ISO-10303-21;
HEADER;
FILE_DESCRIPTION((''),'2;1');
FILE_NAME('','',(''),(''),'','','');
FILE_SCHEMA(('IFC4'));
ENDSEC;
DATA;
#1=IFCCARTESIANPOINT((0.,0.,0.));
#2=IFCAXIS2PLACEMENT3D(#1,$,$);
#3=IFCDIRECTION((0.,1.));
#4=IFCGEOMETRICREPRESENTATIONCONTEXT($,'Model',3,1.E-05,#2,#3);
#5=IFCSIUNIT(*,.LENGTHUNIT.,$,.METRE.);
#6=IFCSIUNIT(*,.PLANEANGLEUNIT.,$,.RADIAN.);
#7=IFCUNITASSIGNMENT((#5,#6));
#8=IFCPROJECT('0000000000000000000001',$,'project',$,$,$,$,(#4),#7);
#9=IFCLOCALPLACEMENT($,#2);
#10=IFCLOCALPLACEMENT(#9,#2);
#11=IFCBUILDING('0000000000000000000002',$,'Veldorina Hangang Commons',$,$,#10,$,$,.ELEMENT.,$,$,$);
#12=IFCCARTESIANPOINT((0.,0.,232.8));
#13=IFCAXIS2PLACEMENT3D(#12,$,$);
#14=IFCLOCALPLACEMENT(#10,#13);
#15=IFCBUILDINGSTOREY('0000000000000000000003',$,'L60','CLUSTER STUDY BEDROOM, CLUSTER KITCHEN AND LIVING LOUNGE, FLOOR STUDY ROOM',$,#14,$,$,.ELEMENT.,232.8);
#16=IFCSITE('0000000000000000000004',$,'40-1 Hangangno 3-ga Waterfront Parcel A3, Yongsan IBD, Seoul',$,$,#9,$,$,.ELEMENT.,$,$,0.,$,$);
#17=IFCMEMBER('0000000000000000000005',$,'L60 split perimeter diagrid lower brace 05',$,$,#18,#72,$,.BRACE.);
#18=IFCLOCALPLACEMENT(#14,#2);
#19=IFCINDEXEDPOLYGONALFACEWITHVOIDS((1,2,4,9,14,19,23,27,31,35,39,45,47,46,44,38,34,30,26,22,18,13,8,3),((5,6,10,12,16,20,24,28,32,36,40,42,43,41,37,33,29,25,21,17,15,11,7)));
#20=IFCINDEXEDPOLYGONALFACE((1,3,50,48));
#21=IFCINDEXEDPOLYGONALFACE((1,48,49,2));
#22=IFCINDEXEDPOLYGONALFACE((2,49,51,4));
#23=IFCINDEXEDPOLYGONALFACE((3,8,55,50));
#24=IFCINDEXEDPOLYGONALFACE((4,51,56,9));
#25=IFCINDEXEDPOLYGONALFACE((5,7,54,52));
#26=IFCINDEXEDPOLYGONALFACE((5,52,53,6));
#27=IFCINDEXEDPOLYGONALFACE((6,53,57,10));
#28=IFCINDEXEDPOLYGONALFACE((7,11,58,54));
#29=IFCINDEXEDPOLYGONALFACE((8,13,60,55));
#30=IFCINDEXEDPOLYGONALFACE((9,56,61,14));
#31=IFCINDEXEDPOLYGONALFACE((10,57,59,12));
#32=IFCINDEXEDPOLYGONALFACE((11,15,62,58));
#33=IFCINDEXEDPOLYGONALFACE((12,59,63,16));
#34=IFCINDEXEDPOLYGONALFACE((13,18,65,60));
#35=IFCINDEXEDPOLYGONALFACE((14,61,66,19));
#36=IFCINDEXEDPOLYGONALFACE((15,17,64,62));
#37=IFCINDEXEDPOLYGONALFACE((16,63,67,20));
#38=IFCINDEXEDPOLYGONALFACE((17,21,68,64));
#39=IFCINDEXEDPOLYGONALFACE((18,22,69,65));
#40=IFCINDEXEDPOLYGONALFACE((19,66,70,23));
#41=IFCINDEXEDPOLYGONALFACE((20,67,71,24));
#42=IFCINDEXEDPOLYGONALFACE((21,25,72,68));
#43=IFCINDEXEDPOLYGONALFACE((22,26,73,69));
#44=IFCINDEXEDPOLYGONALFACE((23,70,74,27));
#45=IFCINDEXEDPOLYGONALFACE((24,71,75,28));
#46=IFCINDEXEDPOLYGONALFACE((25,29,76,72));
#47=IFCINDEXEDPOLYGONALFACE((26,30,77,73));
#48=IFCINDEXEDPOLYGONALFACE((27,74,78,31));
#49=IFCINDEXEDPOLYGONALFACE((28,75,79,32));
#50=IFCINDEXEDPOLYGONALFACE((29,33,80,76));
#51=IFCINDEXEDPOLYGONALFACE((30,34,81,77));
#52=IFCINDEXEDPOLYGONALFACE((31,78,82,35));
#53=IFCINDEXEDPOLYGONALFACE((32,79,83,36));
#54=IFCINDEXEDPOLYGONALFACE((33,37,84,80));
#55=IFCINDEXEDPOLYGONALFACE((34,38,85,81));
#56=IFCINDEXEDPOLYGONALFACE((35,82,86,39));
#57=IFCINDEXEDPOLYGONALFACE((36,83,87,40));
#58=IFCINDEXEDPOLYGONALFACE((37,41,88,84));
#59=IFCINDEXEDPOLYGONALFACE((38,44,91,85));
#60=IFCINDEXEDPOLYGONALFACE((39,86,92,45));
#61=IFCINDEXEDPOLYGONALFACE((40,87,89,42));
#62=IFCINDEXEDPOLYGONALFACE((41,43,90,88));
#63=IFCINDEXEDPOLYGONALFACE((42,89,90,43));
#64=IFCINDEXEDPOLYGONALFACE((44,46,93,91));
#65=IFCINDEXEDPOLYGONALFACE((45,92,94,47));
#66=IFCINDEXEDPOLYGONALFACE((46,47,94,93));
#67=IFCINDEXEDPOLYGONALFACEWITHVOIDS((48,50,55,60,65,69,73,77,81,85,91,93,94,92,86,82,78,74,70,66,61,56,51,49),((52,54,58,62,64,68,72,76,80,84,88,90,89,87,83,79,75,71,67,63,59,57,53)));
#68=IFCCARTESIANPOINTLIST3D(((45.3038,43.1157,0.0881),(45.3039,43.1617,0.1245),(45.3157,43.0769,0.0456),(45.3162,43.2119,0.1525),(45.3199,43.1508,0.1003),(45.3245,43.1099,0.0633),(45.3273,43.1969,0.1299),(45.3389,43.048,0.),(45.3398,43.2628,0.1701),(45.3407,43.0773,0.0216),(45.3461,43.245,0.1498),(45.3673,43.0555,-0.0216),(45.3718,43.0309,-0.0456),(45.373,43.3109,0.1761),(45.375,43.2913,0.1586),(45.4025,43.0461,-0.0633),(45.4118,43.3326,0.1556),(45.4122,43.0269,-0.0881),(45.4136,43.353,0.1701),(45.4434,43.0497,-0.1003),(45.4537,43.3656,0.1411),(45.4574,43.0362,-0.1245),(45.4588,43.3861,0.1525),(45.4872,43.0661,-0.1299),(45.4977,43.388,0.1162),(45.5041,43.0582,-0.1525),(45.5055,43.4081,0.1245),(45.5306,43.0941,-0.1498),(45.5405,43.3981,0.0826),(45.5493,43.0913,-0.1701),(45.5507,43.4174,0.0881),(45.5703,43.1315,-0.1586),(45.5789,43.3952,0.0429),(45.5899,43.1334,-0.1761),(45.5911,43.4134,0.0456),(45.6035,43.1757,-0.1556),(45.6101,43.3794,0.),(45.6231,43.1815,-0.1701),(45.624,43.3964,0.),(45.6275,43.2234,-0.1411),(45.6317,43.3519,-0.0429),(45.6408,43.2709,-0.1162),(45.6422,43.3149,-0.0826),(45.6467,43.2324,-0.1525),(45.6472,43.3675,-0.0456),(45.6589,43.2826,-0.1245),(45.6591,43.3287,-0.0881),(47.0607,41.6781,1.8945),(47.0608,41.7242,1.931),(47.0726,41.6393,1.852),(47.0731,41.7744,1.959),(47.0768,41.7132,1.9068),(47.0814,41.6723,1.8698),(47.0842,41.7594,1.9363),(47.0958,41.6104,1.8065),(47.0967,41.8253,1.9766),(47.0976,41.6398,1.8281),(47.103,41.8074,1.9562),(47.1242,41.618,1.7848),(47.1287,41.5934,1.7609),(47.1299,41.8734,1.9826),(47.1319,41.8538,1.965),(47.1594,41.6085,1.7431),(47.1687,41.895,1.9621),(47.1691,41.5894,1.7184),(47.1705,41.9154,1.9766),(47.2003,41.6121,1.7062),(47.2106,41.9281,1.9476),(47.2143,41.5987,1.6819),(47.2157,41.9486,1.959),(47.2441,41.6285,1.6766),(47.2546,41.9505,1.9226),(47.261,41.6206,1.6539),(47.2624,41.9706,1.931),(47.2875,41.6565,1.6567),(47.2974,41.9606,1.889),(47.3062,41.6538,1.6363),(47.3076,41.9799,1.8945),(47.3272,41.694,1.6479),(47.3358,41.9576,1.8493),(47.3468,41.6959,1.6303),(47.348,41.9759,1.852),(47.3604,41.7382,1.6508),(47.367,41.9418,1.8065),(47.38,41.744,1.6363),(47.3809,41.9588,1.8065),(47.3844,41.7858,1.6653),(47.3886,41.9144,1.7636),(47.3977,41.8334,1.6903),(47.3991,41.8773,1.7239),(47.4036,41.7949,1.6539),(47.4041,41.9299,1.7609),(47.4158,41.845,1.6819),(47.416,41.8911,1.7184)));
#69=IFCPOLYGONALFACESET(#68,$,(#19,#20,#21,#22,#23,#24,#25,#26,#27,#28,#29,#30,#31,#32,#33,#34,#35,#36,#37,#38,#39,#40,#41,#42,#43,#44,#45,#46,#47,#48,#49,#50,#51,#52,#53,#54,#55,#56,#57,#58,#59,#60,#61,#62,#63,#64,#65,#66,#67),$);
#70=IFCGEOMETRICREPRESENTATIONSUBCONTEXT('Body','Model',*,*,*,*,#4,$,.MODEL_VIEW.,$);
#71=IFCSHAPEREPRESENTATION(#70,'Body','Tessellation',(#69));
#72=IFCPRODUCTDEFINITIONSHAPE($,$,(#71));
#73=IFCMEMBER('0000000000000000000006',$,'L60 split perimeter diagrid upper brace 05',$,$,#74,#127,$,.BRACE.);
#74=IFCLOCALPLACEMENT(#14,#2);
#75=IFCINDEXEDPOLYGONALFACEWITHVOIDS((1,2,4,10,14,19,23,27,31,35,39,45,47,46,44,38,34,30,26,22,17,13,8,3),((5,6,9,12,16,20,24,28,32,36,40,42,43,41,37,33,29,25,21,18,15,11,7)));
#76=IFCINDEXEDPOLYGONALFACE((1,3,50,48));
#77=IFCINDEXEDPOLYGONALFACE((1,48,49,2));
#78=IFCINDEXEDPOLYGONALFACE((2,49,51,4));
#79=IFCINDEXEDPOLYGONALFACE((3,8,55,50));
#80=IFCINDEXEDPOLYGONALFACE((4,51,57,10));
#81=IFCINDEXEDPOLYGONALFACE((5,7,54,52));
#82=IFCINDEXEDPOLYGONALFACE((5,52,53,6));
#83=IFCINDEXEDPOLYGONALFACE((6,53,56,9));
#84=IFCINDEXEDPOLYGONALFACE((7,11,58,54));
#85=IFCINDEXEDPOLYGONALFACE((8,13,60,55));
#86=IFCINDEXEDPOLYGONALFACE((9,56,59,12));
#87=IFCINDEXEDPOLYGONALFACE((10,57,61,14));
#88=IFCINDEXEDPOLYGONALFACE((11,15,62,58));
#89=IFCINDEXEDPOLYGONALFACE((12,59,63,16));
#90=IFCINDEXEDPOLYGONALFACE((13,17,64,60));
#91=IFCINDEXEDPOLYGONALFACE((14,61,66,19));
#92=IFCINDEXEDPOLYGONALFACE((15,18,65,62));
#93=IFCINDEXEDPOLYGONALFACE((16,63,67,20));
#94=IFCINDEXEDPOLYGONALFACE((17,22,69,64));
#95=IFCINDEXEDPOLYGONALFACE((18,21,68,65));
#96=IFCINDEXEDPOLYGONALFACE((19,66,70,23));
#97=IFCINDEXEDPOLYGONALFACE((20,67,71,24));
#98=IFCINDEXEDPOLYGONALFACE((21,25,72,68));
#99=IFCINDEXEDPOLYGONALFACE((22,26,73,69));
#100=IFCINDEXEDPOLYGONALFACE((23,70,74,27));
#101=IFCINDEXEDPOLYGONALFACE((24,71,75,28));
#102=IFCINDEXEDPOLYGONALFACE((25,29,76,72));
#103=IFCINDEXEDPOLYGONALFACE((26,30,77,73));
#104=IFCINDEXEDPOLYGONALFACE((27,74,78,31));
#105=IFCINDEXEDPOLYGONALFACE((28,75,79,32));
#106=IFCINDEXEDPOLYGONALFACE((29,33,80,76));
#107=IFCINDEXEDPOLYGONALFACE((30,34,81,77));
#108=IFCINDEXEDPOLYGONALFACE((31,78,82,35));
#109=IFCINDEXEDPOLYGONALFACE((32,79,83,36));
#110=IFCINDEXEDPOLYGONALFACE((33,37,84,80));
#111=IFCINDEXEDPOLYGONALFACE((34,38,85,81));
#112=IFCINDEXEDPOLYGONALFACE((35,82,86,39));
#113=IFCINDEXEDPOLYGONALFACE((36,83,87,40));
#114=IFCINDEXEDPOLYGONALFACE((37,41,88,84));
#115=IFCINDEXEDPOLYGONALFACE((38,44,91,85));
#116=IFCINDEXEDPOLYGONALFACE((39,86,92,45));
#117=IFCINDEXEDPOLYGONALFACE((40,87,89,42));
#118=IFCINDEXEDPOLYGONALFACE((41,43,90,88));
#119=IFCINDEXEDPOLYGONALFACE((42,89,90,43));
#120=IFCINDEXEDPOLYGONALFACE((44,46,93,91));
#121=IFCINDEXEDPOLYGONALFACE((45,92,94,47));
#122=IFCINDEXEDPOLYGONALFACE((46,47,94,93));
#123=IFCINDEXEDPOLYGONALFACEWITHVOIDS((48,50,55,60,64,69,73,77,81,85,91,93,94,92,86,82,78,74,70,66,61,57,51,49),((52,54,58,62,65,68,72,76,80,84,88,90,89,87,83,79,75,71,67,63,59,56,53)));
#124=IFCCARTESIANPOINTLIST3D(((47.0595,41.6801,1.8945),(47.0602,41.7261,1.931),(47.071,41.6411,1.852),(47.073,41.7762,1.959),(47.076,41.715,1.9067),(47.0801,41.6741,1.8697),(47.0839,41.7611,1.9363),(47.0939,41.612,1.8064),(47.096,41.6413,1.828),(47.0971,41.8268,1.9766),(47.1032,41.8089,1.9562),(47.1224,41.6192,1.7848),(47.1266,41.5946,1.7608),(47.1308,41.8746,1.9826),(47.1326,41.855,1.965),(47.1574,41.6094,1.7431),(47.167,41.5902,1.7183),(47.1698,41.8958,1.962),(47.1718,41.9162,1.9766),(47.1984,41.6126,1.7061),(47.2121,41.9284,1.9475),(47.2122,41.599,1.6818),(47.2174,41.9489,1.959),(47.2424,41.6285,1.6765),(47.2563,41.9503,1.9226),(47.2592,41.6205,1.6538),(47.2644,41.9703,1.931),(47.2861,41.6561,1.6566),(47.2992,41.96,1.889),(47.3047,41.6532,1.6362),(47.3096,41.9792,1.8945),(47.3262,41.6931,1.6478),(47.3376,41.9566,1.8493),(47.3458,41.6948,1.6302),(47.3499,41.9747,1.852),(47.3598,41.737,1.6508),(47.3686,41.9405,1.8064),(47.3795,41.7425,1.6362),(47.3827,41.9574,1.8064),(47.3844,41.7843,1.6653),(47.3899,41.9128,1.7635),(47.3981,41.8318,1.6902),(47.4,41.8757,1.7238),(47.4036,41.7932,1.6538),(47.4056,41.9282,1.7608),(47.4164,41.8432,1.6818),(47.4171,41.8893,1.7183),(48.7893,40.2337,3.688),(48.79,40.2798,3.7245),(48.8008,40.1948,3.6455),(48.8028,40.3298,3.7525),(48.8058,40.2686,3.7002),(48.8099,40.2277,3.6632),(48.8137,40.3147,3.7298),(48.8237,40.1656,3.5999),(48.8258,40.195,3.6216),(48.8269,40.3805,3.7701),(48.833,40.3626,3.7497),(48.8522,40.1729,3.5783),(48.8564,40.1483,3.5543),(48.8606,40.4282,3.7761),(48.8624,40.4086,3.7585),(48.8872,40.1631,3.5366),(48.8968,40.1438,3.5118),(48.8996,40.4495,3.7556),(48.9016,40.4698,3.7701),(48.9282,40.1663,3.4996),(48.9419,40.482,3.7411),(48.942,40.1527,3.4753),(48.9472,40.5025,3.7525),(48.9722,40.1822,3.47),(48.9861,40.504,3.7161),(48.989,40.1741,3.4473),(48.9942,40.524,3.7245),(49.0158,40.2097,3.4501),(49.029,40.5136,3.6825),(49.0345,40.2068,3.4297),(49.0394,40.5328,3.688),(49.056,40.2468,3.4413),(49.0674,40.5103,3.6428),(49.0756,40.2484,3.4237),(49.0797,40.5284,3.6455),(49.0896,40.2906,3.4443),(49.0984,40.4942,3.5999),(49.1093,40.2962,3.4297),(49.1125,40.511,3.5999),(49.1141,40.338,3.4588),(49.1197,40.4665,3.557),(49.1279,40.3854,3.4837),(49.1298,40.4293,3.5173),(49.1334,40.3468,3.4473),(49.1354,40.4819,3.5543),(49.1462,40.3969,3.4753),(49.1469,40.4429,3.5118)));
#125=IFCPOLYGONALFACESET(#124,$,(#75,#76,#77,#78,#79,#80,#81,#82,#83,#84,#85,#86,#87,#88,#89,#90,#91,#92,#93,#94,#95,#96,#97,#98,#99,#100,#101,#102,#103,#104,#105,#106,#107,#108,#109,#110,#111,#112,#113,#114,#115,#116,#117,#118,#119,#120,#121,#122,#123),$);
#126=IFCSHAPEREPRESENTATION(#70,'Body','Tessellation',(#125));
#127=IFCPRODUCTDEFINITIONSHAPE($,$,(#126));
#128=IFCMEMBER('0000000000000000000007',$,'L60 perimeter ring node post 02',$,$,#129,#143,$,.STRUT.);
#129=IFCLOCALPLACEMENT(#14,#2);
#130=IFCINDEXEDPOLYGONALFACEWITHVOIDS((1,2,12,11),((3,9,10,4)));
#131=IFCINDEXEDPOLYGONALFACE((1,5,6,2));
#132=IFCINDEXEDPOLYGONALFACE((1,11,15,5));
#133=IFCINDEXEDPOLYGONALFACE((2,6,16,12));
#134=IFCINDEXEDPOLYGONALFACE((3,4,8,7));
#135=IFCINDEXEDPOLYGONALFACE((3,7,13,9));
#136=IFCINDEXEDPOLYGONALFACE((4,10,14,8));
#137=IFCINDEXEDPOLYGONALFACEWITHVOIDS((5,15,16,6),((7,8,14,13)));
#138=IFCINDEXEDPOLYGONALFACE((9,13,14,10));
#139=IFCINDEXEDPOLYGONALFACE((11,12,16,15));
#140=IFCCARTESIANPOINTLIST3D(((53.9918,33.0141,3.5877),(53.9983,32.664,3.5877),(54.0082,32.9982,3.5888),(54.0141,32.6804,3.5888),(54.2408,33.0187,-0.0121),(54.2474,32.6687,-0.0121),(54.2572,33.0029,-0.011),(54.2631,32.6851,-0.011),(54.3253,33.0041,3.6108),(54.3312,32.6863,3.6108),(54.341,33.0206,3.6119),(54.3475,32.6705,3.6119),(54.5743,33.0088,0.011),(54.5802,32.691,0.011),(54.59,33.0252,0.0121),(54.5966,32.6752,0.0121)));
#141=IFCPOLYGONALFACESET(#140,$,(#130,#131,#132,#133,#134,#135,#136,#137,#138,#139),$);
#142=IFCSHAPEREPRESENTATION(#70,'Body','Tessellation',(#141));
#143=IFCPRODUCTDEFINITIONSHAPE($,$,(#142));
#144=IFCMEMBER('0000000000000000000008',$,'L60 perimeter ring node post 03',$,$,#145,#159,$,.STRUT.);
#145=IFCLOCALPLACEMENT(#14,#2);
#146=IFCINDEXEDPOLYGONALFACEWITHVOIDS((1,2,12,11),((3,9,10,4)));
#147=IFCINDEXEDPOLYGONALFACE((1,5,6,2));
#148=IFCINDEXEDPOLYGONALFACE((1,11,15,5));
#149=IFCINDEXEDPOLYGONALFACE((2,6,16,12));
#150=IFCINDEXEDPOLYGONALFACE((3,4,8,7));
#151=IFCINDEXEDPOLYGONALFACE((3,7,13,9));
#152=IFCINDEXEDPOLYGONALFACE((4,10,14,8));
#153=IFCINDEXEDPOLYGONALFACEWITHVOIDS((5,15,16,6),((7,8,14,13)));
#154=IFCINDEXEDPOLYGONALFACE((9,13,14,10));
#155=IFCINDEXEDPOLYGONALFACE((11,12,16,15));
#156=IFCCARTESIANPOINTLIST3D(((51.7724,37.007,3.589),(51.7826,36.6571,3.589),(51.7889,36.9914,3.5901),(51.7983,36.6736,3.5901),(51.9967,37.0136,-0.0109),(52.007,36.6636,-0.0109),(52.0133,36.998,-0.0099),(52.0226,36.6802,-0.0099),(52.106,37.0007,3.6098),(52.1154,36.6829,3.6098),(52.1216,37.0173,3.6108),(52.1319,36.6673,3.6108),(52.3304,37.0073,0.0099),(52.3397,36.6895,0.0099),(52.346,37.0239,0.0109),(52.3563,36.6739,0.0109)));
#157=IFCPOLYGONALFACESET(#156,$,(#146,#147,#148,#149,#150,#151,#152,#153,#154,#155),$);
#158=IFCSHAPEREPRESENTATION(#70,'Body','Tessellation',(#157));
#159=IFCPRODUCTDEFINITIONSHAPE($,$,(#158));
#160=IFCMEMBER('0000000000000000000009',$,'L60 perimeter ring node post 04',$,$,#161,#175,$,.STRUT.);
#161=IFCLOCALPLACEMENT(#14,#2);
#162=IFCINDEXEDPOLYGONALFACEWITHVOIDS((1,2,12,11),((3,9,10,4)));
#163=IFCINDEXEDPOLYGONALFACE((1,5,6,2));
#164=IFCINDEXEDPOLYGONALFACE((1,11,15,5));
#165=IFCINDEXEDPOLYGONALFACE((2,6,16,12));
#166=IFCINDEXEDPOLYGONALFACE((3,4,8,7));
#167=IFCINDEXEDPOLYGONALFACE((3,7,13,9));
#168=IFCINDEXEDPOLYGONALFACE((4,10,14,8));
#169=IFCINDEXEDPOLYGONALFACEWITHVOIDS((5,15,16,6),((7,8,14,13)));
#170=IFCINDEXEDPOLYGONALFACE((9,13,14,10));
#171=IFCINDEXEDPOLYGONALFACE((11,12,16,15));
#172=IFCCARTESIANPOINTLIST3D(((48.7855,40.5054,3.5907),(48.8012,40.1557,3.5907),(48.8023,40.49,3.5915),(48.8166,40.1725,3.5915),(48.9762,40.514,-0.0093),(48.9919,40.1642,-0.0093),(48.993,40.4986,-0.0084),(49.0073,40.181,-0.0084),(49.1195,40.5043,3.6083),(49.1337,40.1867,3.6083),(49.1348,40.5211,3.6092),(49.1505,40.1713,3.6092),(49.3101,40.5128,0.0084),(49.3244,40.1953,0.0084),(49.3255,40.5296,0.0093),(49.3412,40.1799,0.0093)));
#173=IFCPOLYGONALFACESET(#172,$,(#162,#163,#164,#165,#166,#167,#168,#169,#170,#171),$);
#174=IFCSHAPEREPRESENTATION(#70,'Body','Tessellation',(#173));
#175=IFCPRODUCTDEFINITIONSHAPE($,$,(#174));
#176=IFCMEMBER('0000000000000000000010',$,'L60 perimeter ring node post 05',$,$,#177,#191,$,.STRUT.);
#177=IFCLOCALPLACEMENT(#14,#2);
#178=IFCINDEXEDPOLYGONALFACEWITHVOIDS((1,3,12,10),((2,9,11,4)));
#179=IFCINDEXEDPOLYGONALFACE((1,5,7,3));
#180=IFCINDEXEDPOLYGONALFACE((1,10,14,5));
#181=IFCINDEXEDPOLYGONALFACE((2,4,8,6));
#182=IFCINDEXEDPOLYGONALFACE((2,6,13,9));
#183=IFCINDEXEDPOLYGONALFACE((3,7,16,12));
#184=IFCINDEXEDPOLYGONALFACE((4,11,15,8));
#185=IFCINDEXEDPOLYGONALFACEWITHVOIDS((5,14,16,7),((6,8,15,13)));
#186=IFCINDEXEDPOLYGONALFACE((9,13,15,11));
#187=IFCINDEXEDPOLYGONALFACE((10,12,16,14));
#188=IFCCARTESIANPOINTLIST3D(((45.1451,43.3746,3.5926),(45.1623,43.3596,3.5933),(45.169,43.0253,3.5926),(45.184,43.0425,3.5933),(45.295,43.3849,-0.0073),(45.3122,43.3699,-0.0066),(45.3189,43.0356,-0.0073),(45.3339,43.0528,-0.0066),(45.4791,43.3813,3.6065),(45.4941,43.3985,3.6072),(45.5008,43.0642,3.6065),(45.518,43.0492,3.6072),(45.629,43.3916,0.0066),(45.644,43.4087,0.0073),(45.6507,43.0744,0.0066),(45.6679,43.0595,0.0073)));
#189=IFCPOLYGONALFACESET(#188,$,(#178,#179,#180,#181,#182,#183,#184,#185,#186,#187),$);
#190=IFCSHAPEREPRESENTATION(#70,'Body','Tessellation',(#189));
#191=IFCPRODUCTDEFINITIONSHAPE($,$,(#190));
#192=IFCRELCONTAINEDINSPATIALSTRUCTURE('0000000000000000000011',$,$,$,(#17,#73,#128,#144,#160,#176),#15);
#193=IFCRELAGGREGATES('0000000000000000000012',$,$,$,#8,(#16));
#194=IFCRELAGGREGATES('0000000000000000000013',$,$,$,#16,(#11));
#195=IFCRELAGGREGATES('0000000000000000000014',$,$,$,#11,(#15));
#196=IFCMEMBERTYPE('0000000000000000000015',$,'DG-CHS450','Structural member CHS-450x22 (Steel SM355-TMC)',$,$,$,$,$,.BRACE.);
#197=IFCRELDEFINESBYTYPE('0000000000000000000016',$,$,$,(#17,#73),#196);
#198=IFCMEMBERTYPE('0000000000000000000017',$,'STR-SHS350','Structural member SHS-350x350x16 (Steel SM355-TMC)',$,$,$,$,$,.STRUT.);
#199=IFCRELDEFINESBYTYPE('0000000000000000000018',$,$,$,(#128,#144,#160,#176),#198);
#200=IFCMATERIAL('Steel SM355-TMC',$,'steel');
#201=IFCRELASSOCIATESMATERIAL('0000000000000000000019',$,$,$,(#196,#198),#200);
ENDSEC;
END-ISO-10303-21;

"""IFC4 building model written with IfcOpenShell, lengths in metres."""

from ifc_helpers import new_model, si_unit, direction, frame, origin, origin_2d, place, context, subcontext, project, spatial, hollow_rectangle, hollow_circle, extrude, material, material_profile, profile_set, type_object, element, save


model = new_model("IFC4")

# Units and contexts
model_context = context("Model", 3, precision=1e-05, world=origin(), true_north=direction((0.0, 1.0)))
body_context = subcontext(model_context, "Body", "Model", "MODEL_VIEW")
ifc_project = project(units=[si_unit("LENGTHUNIT", "METRE"), si_unit("PLANEANGLEUNIT", "RADIAN")], contexts=[model_context])

# Site, building, storey
site_placement = place(None, origin())
site = spatial("IfcSite", under=ifc_project, at=site_placement, Name="40-1 Hangangno 3-ga Waterfront Parcel A3, Yongsan IBD, Seoul", CompositionType="ELEMENT", RefElevation=0.0)
building_placement = place(site_placement, origin())
building = spatial("IfcBuilding", under=site, at=building_placement, Name="Veldorina Hangang Commons", CompositionType="ELEMENT")
storey_placement = place(building_placement, frame((0.0, 0.0, 232.8)))
storey = spatial("IfcBuildingStorey", under=building, at=storey_placement, Name="L60", Description="CLUSTER STUDY BEDROOM, CLUSTER KITCHEN AND LIVING LOUNGE, FLOOR STUDY ROOM", CompositionType="ELEMENT", Elevation=232.8)

# Shared definitions
ifc_material_1 = material(Name="Steel SM355-TMC", Category="steel")

# Members
ifc_material_profile_1 = material_profile(ifc_material_1, hollow_circle(Radius=0.2251, WallThickness=0.022, at=origin_2d()), Name="CHS-450x22")
ifc_profile_set_1 = profile_set([ifc_material_profile_1], Name="Steel SM355-TMC")
member_type_1 = type_object("IfcMemberType", Name="DG-CHS450", Description="Structural member CHS-450x22 (Steel SM355-TMC)", PredefinedType="BRACE", material=ifc_profile_set_1)
member_1_placement = place(storey_placement, frame((45.4814, 43.2222, 0.0), z_axis=(0.605591, -0.495514, 0.622675), x_axis=(0.633261, 0.773938, 0.0)))
element("IfcMember", 1, at=member_1_placement, inside=storey, type_object=member_type_1, Name="L60 split perimeter diagrid lower brace 05", PredefinedType="BRACE", context=body_context, shape_type="SweptSolid", body=[
    extrude(hollow_circle(Radius=0.2251, WallThickness=0.022, at=origin_2d()), origin(), (0.0, 0.0, 1.0), 2.9011),
])
member_2_placement = place(storey_placement, frame((47.2383, 41.7847, 1.8064), z_axis=(0.600392, -0.502007, 0.622509), x_axis=(0.641451, 0.767164, 0.0)))
element("IfcMember", 2, at=member_2_placement, inside=storey, type_object=member_type_1, Name="L60 split perimeter diagrid upper brace 05", PredefinedType="BRACE", context=body_context, shape_type="SweptSolid", body=[
    extrude(hollow_circle(Radius=0.2251, WallThickness=0.022, at=origin_2d()), origin(), (0.0, 0.0, 1.0), 2.8811),
])
ifc_material_profile_2 = material_profile(ifc_material_1, hollow_rectangle(XDim=0.3501, YDim=0.3501, WallThickness=0.0161, at=origin_2d()), Name="SHS-350x350x16")
ifc_profile_set_2 = profile_set([ifc_material_profile_2], Name="Steel SM355-TMC")
member_type_2 = type_object("IfcMemberType", Name="STR-SHS350", Description="Structural member SHS-350x350x16 (Steel SM355-TMC)", PredefinedType="STRUT", material=ifc_profile_set_2)
member_3_placement = place(storey_placement, frame((54.4187, 32.8469, 0.0), z_axis=(-0.069011, -0.001285, 0.997615), x_axis=(0.018624, -0.999827, 0.0)))
element("IfcMember", 3, at=member_3_placement, inside=storey, type_object=member_type_2, Name="L60 perimeter ring node post 02", PredefinedType="STRUT", context=body_context, shape_type="SweptSolid", body=[
    extrude(hollow_rectangle(XDim=0.3501, YDim=0.3501, WallThickness=0.0161, at=origin_2d()), origin(), (0.0, 0.0, 1.0), 3.6084),
])
member_4_placement = place(storey_placement, frame((52.1765, 36.8438, 0.0), z_axis=(-0.062205, -0.001828, 0.998062), x_axis=(0.029367, -0.999569, 0.0)))
element("IfcMember", 4, at=member_4_placement, inside=storey, type_object=member_type_2, Name="L60 perimeter ring node post 03", PredefinedType="STRUT", context=body_context, shape_type="SweptSolid", body=[
    extrude(hollow_rectangle(XDim=0.3501, YDim=0.3501, WallThickness=0.0161, at=origin_2d()), origin(), (0.0, 0.0, 1.0), 3.6069),
])
member_5_placement = place(storey_placement, frame((49.1587, 40.3469, 0.0), z_axis=(-0.052893, -0.00237, 0.998597), x_axis=(0.044769, -0.998997, 0.0)))
element("IfcMember", 5, at=member_5_placement, inside=storey, type_object=member_type_2, Name="L60 perimeter ring node post 04", PredefinedType="STRUT", context=body_context, shape_type="SweptSolid", body=[
    extrude(hollow_rectangle(XDim=0.3501, YDim=0.3501, WallThickness=0.0161, at=origin_2d()), origin(), (0.0, 0.0, 1.0), 3.605),
])
member_6_placement = place(storey_placement, frame((45.4814, 43.2222, 0.0), z_axis=(-0.041605, -0.002846, 0.99913), x_axis=(0.068244, -0.997669, 0.0)))
element("IfcMember", 6, at=member_6_placement, inside=storey, type_object=member_type_2, Name="L60 perimeter ring node post 05", PredefinedType="STRUT", context=body_context, shape_type="SweptSolid", body=[
    extrude(hollow_rectangle(XDim=0.3501, YDim=0.3501, WallThickness=0.0161, at=origin_2d()), origin(), (0.0, 0.0, 1.0), 3.603),
])

save(model, "model.ifc")
